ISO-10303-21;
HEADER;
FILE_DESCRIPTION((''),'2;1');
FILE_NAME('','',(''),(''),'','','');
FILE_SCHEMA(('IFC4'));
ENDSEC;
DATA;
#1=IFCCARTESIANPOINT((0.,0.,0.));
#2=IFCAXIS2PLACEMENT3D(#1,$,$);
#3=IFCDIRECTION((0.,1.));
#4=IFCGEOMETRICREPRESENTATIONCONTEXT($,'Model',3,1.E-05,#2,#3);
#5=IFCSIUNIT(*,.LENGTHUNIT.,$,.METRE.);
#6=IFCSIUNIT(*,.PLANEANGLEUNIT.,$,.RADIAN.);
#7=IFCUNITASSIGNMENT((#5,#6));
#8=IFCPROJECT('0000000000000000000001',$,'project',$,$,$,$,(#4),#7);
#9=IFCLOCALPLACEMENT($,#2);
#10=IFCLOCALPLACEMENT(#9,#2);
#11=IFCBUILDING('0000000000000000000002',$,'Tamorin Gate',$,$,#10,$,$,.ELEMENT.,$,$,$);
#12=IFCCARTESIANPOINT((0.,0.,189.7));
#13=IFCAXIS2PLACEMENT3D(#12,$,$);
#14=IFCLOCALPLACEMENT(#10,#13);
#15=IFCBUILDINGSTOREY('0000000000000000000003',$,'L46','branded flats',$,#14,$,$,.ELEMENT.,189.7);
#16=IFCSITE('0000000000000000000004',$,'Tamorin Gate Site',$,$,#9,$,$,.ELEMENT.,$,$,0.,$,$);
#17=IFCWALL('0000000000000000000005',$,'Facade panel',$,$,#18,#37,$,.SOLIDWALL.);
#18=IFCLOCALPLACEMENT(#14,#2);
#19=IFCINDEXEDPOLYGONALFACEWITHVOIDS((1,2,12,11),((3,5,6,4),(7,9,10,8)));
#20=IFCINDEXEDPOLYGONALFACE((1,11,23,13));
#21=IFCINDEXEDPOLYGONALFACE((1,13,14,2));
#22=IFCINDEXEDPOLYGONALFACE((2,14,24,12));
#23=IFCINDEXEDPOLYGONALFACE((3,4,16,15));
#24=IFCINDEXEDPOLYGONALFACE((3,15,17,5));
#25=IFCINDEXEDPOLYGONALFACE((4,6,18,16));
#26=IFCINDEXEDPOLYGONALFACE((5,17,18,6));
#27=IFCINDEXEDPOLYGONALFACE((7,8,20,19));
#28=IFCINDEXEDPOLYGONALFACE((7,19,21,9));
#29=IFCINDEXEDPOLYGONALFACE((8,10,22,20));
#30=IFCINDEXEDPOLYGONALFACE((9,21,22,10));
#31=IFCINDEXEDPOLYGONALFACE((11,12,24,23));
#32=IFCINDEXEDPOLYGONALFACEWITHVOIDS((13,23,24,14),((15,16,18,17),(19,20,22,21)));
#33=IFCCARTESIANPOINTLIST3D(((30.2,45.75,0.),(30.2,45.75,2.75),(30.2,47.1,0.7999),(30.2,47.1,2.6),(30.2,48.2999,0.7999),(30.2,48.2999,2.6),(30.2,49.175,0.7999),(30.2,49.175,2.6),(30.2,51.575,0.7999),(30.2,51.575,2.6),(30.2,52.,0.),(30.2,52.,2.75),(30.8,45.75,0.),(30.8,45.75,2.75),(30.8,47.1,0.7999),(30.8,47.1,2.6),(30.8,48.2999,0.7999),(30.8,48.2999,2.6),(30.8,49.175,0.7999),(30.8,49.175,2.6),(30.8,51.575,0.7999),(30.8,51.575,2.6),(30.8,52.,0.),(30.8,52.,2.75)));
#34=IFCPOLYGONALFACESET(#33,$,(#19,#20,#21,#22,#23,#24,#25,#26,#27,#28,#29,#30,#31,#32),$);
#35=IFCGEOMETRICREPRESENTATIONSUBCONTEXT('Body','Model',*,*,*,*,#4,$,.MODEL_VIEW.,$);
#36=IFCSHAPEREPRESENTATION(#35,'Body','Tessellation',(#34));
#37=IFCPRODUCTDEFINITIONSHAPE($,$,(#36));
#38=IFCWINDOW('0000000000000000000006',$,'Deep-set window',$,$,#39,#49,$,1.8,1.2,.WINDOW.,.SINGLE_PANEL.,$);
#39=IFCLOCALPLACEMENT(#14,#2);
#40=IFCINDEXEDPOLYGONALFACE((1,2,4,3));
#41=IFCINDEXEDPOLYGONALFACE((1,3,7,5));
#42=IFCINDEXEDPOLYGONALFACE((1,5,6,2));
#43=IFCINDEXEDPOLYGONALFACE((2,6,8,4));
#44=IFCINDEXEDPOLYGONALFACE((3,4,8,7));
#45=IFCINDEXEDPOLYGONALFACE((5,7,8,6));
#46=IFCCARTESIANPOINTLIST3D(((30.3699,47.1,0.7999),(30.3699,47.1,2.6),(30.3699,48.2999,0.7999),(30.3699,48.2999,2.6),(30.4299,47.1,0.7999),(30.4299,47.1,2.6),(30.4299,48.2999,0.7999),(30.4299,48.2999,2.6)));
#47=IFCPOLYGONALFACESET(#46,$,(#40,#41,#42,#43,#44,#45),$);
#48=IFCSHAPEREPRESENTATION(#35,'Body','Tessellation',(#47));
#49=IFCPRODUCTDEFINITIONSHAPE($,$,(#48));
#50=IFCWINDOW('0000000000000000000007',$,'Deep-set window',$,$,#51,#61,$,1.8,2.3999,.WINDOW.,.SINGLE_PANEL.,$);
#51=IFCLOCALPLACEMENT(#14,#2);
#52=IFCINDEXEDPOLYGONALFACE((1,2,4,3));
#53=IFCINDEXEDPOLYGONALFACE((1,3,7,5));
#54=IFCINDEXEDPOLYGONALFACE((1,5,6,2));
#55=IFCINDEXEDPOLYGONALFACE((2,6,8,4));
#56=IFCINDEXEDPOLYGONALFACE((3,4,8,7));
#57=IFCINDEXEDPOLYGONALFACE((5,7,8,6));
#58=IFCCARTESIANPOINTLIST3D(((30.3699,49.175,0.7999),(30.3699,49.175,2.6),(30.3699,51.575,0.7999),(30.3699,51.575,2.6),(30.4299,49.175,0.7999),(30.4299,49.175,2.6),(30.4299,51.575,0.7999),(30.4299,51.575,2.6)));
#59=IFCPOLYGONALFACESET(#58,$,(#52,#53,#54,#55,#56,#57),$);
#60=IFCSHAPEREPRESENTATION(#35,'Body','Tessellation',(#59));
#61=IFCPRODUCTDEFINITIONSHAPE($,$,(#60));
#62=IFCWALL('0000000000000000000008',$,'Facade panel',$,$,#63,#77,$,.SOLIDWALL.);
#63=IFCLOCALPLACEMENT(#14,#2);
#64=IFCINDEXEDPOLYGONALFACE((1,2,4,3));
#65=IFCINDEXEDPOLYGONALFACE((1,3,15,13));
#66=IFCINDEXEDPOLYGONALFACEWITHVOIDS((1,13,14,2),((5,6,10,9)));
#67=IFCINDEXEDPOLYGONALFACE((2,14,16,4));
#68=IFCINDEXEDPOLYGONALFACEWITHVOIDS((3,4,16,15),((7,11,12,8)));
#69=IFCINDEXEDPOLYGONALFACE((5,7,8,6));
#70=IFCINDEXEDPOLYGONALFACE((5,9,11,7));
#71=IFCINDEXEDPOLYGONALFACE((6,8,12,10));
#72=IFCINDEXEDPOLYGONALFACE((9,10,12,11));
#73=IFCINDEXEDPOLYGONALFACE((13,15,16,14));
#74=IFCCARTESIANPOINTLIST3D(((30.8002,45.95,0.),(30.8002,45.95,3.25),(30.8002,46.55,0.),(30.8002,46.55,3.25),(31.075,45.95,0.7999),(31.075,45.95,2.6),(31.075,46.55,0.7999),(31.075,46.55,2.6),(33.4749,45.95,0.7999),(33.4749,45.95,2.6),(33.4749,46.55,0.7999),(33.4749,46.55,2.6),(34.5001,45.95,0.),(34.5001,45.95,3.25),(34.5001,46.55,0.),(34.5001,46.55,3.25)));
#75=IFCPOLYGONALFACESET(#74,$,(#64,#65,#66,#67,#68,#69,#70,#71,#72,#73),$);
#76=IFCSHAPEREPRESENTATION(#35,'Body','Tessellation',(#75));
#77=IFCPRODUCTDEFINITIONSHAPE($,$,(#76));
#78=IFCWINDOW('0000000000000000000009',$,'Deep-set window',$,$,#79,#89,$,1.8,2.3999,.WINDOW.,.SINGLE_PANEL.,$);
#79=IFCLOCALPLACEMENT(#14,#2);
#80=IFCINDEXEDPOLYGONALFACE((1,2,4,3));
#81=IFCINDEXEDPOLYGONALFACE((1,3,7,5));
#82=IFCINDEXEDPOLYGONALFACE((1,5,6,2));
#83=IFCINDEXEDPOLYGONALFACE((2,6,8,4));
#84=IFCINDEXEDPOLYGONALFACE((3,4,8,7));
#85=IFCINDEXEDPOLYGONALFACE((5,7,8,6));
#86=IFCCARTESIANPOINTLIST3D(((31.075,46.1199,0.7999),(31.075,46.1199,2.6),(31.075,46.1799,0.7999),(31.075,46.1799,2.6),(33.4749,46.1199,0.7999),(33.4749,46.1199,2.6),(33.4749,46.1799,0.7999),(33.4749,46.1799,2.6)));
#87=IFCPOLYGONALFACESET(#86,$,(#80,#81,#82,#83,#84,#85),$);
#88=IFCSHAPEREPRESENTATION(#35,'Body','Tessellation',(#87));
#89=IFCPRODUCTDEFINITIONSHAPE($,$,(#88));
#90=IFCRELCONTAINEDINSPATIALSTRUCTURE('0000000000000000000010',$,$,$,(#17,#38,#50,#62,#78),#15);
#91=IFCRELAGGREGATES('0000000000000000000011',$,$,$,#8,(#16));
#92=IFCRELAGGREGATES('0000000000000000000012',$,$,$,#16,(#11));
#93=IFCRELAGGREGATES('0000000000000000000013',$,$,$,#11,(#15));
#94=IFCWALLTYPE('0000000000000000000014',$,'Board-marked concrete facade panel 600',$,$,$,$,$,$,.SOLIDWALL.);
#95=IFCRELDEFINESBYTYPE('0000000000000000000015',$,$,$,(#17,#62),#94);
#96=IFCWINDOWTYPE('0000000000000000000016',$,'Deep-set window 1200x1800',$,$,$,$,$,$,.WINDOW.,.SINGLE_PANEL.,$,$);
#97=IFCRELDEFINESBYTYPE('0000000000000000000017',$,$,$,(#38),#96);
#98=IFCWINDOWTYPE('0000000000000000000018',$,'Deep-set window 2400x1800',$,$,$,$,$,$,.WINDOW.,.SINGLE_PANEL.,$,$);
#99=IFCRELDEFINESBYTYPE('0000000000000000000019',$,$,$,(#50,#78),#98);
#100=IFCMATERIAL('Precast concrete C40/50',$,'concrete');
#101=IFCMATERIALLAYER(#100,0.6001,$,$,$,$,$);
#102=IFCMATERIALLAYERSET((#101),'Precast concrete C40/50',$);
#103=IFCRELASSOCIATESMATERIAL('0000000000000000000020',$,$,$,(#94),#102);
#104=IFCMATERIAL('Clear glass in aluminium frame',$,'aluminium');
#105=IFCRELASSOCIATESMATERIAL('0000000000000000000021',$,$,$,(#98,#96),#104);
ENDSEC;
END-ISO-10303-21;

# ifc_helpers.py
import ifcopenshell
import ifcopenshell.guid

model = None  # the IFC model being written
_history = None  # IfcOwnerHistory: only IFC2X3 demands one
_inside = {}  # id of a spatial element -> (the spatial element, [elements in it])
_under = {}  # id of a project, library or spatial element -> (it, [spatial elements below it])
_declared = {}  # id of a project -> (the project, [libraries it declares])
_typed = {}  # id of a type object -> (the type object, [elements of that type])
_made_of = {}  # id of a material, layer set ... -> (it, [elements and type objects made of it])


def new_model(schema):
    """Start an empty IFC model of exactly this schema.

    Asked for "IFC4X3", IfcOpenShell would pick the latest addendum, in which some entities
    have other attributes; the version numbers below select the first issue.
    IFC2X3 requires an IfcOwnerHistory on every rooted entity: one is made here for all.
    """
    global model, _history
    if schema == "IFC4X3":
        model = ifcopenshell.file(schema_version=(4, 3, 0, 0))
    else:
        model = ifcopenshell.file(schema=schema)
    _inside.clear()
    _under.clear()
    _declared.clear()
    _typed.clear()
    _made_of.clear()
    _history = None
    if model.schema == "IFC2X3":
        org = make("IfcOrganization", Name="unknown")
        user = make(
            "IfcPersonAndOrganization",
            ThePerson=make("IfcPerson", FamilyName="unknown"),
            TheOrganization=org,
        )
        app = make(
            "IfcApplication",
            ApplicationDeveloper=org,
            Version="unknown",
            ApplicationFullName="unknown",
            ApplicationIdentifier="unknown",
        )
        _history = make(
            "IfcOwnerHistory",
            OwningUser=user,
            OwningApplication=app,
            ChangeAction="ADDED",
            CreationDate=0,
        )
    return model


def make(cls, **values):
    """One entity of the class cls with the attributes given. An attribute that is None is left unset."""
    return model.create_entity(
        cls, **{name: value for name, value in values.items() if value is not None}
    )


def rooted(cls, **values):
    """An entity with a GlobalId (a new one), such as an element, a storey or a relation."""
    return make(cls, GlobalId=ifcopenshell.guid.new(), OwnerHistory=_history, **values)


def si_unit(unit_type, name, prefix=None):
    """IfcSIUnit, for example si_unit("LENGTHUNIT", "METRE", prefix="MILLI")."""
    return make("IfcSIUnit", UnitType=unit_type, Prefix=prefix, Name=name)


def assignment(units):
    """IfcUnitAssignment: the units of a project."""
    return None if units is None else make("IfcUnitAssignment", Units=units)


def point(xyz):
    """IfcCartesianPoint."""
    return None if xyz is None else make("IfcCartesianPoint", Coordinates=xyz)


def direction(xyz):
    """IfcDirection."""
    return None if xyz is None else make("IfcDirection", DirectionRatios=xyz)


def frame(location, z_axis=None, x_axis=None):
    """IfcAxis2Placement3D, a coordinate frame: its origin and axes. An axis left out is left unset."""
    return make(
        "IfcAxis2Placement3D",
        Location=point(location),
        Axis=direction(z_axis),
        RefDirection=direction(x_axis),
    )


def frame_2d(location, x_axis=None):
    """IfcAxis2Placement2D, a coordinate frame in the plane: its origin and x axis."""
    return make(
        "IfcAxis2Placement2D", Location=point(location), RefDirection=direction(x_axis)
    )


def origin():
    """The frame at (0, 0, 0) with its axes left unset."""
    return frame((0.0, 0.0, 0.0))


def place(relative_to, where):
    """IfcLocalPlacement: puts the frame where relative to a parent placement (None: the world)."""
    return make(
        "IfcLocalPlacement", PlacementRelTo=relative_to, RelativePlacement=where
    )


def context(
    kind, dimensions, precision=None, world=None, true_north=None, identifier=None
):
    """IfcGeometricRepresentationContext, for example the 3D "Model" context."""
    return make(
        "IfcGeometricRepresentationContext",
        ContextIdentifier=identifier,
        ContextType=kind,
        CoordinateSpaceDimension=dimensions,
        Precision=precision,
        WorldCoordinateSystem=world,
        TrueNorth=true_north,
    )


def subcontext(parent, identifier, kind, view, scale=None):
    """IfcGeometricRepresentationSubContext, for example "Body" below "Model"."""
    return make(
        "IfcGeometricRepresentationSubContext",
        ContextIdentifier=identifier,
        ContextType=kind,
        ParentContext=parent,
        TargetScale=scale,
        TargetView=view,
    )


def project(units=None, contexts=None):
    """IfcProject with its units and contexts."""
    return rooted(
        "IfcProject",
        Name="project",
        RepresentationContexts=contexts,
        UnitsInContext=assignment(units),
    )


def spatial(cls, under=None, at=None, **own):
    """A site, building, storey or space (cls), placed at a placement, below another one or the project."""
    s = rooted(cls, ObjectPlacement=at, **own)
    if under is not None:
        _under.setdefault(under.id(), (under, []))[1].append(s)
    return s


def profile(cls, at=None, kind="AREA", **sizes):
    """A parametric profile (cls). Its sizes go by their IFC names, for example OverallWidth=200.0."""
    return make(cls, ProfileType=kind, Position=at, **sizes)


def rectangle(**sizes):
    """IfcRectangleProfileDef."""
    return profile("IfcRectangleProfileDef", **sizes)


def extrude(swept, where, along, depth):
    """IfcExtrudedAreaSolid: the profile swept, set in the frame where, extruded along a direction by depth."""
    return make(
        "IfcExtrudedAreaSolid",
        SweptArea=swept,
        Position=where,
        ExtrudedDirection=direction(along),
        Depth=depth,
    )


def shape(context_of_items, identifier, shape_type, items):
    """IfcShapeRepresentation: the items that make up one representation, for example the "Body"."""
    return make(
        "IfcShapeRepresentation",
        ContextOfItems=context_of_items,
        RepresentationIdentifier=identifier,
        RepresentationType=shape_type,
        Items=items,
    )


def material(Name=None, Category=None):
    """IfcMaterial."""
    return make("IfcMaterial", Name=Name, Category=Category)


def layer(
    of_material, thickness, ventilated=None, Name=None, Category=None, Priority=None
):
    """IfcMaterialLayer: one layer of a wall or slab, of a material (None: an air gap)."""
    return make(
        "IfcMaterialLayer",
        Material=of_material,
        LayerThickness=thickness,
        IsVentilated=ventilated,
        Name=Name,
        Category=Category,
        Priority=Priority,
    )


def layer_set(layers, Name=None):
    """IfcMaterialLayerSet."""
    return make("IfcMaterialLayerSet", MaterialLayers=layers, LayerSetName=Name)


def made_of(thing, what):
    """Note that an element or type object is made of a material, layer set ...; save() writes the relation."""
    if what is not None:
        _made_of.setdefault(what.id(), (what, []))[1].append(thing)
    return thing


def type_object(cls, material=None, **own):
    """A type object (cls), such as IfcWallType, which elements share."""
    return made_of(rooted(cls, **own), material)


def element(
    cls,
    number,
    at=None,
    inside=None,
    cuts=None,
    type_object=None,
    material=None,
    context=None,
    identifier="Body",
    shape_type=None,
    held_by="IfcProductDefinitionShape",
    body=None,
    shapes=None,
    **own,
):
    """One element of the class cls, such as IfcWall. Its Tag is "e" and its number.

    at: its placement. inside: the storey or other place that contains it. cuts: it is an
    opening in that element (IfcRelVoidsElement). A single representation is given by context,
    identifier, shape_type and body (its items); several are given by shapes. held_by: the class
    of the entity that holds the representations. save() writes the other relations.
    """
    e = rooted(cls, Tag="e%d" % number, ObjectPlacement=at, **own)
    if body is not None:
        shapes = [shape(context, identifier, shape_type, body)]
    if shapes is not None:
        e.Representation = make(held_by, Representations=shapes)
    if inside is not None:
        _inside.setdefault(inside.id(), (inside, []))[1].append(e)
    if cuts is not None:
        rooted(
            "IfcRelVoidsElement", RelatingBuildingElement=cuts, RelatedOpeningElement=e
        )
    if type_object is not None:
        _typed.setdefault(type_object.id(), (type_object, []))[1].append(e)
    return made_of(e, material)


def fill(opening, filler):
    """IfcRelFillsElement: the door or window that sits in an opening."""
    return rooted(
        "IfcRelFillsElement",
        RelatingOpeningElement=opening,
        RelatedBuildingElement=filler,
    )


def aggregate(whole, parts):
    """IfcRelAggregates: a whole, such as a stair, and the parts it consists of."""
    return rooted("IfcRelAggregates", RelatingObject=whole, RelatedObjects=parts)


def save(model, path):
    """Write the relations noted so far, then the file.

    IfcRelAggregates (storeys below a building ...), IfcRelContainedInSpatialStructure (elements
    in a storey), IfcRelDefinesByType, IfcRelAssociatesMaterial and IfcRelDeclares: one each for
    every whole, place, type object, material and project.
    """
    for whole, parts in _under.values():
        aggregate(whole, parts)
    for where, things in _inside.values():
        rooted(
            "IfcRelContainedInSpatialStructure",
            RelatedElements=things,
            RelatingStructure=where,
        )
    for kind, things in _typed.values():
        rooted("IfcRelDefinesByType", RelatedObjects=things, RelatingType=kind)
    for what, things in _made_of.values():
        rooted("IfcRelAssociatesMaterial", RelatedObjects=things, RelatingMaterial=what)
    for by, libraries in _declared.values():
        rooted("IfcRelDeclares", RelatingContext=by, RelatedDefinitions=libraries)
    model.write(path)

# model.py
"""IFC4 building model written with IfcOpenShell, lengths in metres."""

from ifc_helpers import new_model, si_unit, direction, frame, frame_2d, origin, place, context, subcontext, project, spatial, rectangle, extrude, material, layer, layer_set, type_object, element, fill, save


model = new_model("IFC4")

# Units and contexts
model_context = context("Model", 3, precision=1e-05, world=origin(), true_north=direction((0.0, 1.0)))
body_context = subcontext(model_context, "Body", "Model", "MODEL_VIEW")
ifc_project = project(units=[si_unit("LENGTHUNIT", "METRE"), si_unit("PLANEANGLEUNIT", "RADIAN")], contexts=[model_context])

# Site, building, storey
site_placement = place(None, origin())
site = spatial("IfcSite", under=ifc_project, at=site_placement, Name="Tamorin Gate Site", CompositionType="ELEMENT", RefElevation=0.0)
building_placement = place(site_placement, origin())
building = spatial("IfcBuilding", under=site, at=building_placement, Name="Tamorin Gate", CompositionType="ELEMENT")
storey_placement = place(building_placement, frame((0.0, 0.0, 189.7)))
storey = spatial("IfcBuildingStorey", under=building, at=storey_placement, Name="L46", Description="branded flats", CompositionType="ELEMENT", Elevation=189.7)

# Shared definitions
ifc_material_1 = material(Name="Precast concrete C40/50", Category="concrete")
ifc_layer_1 = layer(ifc_material_1, 0.6001)
ifc_layer_set_1 = layer_set([ifc_layer_1], Name="Precast concrete C40/50")
wall_type_1 = type_object("IfcWallType", Name="Board-marked concrete facade panel 600", PredefinedType="SOLIDWALL", material=ifc_layer_set_1)

# Wall, openings, windows
ifc_material_2 = material(Name="Clear glass in aluminium frame", Category="aluminium")
window_type_1 = type_object("IfcWindowType", Name="Deep-set window 2400x1800", PartitioningType="SINGLE_PANEL", PredefinedType="WINDOW", material=ifc_material_2)
wall_1_placement = place(storey_placement, frame((30.5, 52.0, 0.0), z_axis=(0.0, 0.0, 1.0), x_axis=(0.0, -1.0, 0.0)))
wall_1 = element("IfcWall", 1, at=wall_1_placement, inside=storey, type_object=wall_type_1, Name="Facade panel", PredefinedType="SOLIDWALL", context=body_context, shape_type="SweptSolid", body=[
    extrude(rectangle(XDim=6.25, YDim=0.6001, at=frame_2d((3.125, 0.0))), origin(), (0.0, 0.0, 1.0), 2.75),
])
opening_1_placement = place(wall_1_placement, frame((3.7, 0.0, 0.8)))
opening_1 = element("IfcOpeningElement", 2, at=opening_1_placement, cuts=wall_1, PredefinedType="OPENING", context=body_context, shape_type="SweptSolid", body=[
    extrude(rectangle(XDim=1.2, YDim=1.8, at=frame_2d((0.6001, 0.8999))), frame((0.0, 0.3101, 0.0), z_axis=(0.0, -1.0, 0.0), x_axis=(1.0, 0.0, 0.0)), (0.0, 0.0, 1.0), 0.6201),
])
opening_2_placement = place(wall_1_placement, frame((0.425, 0.0, 0.8)))
opening_2 = element("IfcOpeningElement", 3, at=opening_2_placement, cuts=wall_1, PredefinedType="OPENING", context=body_context, shape_type="SweptSolid", body=[
    extrude(rectangle(XDim=2.3999, YDim=1.8, at=frame_2d((1.2, 0.8999))), frame((0.0, 0.3101, 0.0), z_axis=(0.0, -1.0, 0.0), x_axis=(1.0, 0.0, 0.0)), (0.0, 0.0, 1.0), 0.6201),
])
window_type_2 = type_object("IfcWindowType", Name="Deep-set window 1200x1800", PartitioningType="SINGLE_PANEL", PredefinedType="WINDOW", material=ifc_material_2)
window_1_placement = place(opening_1_placement, origin())
window_1 = element("IfcWindow", 4, at=window_1_placement, inside=storey, type_object=window_type_2, Name="Deep-set window", OverallHeight=1.8, OverallWidth=1.2, PartitioningType="SINGLE_PANEL", PredefinedType="WINDOW", context=body_context, shape_type="SweptSolid", body=[
    extrude(rectangle(XDim=1.2, YDim=1.8, at=frame_2d((0.6001, 0.8999))), frame((0.0, -0.0701, 0.0), z_axis=(0.0, -1.0, 0.0), x_axis=(1.0, 0.0, 0.0)), (0.0, 0.0, 1.0), 0.0601),
])
fill(opening_1, window_1)
window_2_placement = place(opening_2_placement, origin())
window_2 = element("IfcWindow", 5, at=window_2_placement, inside=storey, type_object=window_type_1, Name="Deep-set window", OverallHeight=1.8, OverallWidth=2.3999, PartitioningType="SINGLE_PANEL", PredefinedType="WINDOW", context=body_context, shape_type="SweptSolid", body=[
    extrude(rectangle(XDim=2.3999, YDim=1.8, at=frame_2d((1.2, 0.8999))), frame((0.0, -0.0701, 0.0), z_axis=(0.0, -1.0, 0.0), x_axis=(1.0, 0.0, 0.0)), (0.0, 0.0, 1.0), 0.0601),
])
fill(opening_2, window_2)

# Wall, opening, window
wall_2_placement = place(storey_placement, frame((30.8, 46.25, 0.0), z_axis=(0.0, 0.0, 1.0), x_axis=(1.0, 0.0, 0.0)))
wall_2 = element("IfcWall", 6, at=wall_2_placement, inside=storey, type_object=wall_type_1, Name="Facade panel", PredefinedType="SOLIDWALL", context=body_context, shape_type="SweptSolid", body=[
    extrude(rectangle(XDim=3.7, YDim=0.6001, at=frame_2d((1.8501, 0.0))), origin(), (0.0, 0.0, 1.0), 3.25),
])
opening_3_placement = place(wall_2_placement, frame((0.2749, 0.0, 0.8)))
opening_3 = element("IfcOpeningElement", 7, at=opening_3_placement, cuts=wall_2, PredefinedType="OPENING", context=body_context, shape_type="SweptSolid", body=[
    extrude(rectangle(XDim=2.3999, YDim=1.8, at=frame_2d((1.2, 0.8999))), frame((0.0, 0.3101, 0.0), z_axis=(0.0, -1.0, 0.0), x_axis=(1.0, 0.0, 0.0)), (0.0, 0.0, 1.0), 0.6201),
])
window_3_placement = place(opening_3_placement, origin())
window_3 = element("IfcWindow", 8, at=window_3_placement, inside=storey, type_object=window_type_1, Name="Deep-set window", OverallHeight=1.8, OverallWidth=2.3999, PartitioningType="SINGLE_PANEL", PredefinedType="WINDOW", context=body_context, shape_type="SweptSolid", body=[
    extrude(rectangle(XDim=2.3999, YDim=1.8, at=frame_2d((1.2, 0.8999))), frame((0.0, -0.0701, 0.0), z_axis=(0.0, -1.0, 0.0), x_axis=(1.0, 0.0, 0.0)), (0.0, 0.0, 1.0), 0.0601),
])
fill(opening_3, window_3)

save(model, "model.ifc")
